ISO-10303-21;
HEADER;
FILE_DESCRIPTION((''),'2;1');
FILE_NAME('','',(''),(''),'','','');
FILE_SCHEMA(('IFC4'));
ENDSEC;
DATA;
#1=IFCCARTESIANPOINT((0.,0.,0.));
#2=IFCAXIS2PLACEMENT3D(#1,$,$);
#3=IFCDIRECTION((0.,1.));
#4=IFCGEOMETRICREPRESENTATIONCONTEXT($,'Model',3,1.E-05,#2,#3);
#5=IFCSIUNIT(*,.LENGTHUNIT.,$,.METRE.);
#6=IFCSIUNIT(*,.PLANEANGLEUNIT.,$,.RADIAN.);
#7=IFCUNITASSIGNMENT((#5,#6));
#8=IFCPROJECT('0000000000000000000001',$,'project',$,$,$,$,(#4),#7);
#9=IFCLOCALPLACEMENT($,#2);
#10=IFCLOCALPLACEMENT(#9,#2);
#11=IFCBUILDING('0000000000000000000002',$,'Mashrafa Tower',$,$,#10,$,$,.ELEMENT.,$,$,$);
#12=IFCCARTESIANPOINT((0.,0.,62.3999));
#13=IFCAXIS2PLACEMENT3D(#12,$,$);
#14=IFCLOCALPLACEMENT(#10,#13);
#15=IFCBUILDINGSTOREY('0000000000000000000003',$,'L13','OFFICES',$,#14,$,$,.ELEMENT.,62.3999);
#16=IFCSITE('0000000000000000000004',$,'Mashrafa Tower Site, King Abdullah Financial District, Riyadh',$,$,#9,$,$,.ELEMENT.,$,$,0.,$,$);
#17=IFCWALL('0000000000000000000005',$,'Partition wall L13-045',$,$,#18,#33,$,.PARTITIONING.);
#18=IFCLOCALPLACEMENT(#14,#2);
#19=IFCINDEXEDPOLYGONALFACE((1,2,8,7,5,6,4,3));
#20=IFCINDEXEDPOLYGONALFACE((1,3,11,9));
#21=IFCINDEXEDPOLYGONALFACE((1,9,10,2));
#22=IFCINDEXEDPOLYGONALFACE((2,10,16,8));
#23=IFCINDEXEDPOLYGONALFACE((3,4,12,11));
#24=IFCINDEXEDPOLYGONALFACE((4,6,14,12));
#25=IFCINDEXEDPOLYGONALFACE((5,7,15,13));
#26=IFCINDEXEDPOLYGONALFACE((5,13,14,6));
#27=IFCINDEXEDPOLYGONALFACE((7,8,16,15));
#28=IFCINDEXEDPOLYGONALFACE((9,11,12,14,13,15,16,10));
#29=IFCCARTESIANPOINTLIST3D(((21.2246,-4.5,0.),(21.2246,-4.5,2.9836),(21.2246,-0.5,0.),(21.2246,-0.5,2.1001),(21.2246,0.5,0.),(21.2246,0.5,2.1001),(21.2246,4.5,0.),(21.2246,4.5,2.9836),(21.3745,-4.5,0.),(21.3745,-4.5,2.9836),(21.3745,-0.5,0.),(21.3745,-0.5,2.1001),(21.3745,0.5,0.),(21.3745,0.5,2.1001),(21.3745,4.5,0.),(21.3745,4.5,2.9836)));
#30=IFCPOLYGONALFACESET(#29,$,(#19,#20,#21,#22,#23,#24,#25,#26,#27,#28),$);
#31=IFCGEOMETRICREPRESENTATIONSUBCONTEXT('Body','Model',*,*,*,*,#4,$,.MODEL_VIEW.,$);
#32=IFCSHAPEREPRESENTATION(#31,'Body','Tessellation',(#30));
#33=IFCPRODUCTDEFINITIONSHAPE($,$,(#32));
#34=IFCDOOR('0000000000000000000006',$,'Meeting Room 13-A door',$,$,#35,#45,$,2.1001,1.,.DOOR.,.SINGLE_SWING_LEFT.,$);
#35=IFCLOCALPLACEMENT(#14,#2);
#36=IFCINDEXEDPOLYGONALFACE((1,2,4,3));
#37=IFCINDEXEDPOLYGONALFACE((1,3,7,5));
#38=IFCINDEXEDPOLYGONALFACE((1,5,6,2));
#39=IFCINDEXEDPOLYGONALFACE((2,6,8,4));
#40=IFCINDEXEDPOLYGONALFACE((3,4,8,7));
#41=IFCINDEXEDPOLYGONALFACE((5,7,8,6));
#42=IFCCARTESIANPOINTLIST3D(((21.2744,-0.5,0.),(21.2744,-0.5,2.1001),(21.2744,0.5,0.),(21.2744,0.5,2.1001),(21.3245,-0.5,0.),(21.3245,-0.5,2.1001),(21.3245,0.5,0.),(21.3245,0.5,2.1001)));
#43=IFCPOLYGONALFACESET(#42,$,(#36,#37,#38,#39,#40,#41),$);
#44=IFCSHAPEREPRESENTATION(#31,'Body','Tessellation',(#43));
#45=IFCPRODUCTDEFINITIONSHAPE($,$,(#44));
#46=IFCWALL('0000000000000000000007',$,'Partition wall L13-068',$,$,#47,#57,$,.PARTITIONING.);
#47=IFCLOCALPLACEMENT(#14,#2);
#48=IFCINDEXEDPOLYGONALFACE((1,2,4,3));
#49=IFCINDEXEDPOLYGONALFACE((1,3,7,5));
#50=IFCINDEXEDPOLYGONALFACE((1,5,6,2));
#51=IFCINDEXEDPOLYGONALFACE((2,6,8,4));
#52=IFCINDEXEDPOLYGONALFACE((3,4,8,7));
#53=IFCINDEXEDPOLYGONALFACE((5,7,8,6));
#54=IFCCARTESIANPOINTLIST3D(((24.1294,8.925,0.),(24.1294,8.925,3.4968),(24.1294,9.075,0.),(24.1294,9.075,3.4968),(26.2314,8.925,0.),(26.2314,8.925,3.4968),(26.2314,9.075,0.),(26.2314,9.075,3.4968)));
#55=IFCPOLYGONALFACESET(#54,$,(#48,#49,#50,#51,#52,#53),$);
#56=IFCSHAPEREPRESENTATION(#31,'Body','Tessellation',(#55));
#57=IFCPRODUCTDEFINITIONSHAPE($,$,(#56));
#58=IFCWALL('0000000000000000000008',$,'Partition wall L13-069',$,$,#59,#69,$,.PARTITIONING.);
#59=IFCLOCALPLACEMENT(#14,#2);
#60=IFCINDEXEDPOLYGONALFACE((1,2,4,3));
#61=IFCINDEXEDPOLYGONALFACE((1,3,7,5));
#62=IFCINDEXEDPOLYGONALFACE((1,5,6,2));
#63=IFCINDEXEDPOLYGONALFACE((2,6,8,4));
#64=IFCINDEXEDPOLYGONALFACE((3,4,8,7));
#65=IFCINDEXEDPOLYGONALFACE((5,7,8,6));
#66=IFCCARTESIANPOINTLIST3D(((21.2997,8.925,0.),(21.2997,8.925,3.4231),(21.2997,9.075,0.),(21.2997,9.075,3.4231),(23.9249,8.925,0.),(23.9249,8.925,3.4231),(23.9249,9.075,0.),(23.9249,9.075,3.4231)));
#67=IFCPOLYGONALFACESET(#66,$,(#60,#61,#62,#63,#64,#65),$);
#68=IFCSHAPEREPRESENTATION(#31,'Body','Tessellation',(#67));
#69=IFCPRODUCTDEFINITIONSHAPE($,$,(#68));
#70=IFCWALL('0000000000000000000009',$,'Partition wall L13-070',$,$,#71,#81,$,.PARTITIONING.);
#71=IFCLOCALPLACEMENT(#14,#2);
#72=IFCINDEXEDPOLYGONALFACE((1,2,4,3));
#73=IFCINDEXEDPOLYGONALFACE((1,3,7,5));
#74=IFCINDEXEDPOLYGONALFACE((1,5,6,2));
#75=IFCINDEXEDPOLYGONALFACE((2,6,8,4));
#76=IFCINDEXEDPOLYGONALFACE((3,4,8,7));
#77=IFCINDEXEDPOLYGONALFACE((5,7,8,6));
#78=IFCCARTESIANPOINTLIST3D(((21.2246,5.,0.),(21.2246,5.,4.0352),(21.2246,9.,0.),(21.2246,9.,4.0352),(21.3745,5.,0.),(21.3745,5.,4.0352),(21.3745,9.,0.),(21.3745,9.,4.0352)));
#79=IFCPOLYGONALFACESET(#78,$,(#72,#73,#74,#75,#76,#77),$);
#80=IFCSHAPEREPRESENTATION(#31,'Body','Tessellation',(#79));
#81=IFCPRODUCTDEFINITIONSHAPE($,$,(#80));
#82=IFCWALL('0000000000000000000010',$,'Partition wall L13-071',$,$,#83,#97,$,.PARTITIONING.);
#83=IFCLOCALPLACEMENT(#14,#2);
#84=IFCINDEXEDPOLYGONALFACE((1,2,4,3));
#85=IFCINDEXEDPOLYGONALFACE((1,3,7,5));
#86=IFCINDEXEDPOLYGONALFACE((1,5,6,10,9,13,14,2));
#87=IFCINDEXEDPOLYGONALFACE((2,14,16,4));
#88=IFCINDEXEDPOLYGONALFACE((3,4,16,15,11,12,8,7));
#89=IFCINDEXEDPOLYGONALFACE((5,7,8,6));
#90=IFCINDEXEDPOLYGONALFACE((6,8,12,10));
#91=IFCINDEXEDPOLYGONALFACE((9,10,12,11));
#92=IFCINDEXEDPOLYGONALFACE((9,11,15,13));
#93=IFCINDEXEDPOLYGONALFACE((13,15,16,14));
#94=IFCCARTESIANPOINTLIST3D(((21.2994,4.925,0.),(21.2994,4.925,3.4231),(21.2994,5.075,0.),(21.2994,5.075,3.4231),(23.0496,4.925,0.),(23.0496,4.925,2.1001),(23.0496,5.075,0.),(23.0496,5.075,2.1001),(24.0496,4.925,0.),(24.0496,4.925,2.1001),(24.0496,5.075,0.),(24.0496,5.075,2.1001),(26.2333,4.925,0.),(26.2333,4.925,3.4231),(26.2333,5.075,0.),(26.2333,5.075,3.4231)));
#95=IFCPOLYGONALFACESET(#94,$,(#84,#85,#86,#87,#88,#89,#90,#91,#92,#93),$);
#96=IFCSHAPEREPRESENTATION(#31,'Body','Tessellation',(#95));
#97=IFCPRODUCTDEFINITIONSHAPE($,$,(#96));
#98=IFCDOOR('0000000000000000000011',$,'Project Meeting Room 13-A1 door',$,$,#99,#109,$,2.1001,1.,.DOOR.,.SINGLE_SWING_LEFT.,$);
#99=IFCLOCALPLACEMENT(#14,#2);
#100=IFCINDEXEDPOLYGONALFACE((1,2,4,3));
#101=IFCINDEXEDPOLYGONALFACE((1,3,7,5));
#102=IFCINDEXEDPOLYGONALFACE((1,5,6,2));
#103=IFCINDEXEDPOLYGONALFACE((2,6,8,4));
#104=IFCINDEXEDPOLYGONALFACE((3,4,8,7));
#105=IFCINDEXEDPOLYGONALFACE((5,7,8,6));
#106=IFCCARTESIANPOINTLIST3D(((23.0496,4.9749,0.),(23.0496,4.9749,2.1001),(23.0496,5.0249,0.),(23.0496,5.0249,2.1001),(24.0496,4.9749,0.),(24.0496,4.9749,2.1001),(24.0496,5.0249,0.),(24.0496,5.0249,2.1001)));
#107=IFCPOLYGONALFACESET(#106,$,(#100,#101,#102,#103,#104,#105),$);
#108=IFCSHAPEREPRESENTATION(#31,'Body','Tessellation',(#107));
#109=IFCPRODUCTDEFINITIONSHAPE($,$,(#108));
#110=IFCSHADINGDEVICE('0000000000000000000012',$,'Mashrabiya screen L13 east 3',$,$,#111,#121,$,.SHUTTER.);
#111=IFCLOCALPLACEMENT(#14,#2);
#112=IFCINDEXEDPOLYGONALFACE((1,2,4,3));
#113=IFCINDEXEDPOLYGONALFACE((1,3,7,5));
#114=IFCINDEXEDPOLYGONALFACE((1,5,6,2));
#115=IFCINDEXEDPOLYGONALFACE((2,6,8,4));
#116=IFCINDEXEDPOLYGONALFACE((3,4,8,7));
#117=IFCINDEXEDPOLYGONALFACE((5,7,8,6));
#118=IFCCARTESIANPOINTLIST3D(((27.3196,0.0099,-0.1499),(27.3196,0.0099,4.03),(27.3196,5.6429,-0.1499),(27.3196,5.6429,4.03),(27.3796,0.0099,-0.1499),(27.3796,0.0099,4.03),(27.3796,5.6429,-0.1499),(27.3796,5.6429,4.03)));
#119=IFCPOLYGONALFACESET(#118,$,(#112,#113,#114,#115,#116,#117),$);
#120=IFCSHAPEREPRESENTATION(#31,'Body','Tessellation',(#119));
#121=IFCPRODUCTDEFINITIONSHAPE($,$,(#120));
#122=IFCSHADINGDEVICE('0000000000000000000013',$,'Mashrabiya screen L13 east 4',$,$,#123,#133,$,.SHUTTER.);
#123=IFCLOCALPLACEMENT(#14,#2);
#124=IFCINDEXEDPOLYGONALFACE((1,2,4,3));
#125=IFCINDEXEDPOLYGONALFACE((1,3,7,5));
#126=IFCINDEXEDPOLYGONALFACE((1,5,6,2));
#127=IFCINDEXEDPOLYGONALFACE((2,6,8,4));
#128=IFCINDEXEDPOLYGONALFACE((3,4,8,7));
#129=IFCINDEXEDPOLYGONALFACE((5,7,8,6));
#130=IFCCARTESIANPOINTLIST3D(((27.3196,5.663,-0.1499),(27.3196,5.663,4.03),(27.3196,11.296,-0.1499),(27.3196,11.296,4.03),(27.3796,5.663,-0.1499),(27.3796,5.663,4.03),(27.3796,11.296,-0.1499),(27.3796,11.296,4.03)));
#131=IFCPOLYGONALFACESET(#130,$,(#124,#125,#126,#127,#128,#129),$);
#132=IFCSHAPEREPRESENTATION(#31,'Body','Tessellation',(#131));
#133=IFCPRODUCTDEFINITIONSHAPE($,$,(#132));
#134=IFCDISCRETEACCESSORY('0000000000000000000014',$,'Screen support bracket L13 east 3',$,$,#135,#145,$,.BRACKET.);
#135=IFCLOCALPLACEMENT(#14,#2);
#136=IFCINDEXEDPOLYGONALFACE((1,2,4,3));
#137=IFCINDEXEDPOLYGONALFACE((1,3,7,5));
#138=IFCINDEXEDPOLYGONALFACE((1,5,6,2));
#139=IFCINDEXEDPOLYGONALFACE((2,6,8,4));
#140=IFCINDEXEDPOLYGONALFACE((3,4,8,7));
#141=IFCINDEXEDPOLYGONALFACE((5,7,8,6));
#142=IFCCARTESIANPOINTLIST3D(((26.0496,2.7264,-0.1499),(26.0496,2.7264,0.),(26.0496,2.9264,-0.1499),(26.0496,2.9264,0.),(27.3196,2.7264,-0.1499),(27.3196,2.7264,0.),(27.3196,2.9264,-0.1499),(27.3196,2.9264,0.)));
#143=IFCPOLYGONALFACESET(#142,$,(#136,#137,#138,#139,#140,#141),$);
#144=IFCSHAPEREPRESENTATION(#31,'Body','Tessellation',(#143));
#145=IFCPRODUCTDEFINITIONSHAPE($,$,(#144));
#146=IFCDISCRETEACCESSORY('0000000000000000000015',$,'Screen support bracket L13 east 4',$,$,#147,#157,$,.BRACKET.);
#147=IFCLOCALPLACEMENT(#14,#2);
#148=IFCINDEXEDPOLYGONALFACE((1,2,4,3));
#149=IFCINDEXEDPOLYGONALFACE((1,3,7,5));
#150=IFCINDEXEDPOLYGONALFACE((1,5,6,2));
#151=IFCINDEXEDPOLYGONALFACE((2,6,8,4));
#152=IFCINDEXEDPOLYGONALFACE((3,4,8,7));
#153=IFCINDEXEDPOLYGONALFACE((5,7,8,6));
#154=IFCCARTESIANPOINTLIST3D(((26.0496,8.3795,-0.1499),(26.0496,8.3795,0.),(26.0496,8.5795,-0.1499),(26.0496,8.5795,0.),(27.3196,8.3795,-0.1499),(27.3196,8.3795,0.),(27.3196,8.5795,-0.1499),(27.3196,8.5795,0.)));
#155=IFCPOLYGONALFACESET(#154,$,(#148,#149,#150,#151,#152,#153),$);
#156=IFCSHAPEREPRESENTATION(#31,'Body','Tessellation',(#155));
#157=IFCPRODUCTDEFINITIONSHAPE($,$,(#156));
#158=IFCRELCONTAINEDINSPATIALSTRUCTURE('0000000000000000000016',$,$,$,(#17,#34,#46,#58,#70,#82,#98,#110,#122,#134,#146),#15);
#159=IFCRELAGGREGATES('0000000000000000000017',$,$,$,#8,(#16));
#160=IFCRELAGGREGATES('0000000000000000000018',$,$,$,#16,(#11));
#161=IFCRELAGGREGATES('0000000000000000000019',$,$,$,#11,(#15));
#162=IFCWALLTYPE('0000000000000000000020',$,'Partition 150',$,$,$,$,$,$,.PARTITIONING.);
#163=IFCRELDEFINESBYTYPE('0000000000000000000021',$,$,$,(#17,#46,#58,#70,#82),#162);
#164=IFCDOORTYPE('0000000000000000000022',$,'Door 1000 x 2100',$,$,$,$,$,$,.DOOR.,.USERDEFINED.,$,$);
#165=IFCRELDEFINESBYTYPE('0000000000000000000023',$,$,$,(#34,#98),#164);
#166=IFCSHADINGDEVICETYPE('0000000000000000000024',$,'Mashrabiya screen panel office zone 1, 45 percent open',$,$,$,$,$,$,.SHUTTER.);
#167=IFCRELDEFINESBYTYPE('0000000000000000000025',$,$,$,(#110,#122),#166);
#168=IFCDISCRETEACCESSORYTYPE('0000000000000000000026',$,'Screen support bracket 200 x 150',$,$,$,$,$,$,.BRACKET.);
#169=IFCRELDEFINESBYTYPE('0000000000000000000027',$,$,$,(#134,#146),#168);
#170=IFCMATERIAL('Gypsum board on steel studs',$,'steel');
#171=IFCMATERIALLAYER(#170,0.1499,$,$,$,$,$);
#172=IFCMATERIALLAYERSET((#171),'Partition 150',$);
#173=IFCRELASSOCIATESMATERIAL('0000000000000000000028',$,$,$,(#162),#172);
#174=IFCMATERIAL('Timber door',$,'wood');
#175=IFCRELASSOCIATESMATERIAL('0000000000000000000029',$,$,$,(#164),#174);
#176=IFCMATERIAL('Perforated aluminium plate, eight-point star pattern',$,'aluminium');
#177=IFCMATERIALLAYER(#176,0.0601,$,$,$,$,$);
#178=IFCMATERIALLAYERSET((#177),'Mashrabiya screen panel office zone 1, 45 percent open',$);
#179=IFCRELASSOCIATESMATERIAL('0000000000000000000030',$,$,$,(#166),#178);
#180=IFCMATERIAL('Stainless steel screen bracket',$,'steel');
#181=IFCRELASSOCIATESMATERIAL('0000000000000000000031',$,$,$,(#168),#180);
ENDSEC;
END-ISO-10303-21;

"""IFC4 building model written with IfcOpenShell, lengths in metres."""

from ifc_helpers import new_model, si_unit, direction, frame, frame_2d, origin, origin_2d, place, context, subcontext, project, spatial, rectangle, extrude, source, transform, mapped, material, layer, layer_set, type_object, type_shapes, element, fill, save


model = new_model("IFC4")

# Units and contexts
model_context = context("Model", 3, precision=1e-05, world=origin(), true_north=direction((0.0, 1.0)))
body_context = subcontext(model_context, "Body", "Model", "MODEL_VIEW")
ifc_project = project(units=[si_unit("LENGTHUNIT", "METRE"), si_unit("PLANEANGLEUNIT", "RADIAN")], contexts=[model_context])

# Site, building, storey
site_placement = place(None, origin())
site = spatial("IfcSite", under=ifc_project, at=site_placement, Name="Mashrafa Tower Site, King Abdullah Financial District, Riyadh", CompositionType="ELEMENT", RefElevation=0.0)
building_placement = place(site_placement, origin())
building = spatial("IfcBuilding", under=site, at=building_placement, Name="Mashrafa Tower", CompositionType="ELEMENT")
storey_placement = place(building_placement, frame((0.0, 0.0, 62.3999)))
storey = spatial("IfcBuildingStorey", under=building, at=storey_placement, Name="L13", Description="OFFICES", CompositionType="ELEMENT", Elevation=62.3999)

# Shared definitions
ifc_material_1 = material(Name="Gypsum board on steel studs", Category="steel")
ifc_layer_1 = layer(ifc_material_1, 0.1499)
ifc_layer_set_1 = layer_set([ifc_layer_1], Name="Partition 150")
wall_type_1 = type_object("IfcWallType", Name="Partition 150", PredefinedType="PARTITIONING", material=ifc_layer_set_1)

# Wall, opening, door
wall_1_placement = place(storey_placement, frame((21.2996, 4.5, 0.0), z_axis=(0.0, 0.0, 1.0), x_axis=(0.0, -1.0, 0.0)))
wall_1 = element("IfcWall", 1, at=wall_1_placement, inside=storey, type_object=wall_type_1, Name="Partition wall L13-045", PredefinedType="PARTITIONING", context=body_context, shape_type="SweptSolid", body=[
    extrude(rectangle(XDim=9.0, YDim=0.1499, at=frame_2d((4.5, 0.0))), origin(), (0.0, 0.0, 1.0), 2.9836),
])
opening_1_placement = place(wall_1_placement, frame((4.0, 0.0, 0.0)))
opening_1 = element("IfcOpeningElement", 2, at=opening_1_placement, cuts=wall_1, PredefinedType="OPENING", context=body_context, shape_type="SweptSolid", body=[
    extrude(rectangle(XDim=1.0, YDim=2.1001, at=frame_2d((0.5, 1.05))), frame((0.0, 0.085, 0.0), z_axis=(0.0, -1.0, 0.0), x_axis=(1.0, 0.0, 0.0)), (0.0, 0.0, 1.0), 0.1699),
])
ifc_material_2 = material(Name="Timber door", Category="wood")
door_type = type_object("IfcDoorType", Name="Door 1000 x 2100", OperationType="USERDEFINED", PredefinedType="DOOR", material=ifc_material_2)
door_1_placement = place(opening_1_placement, origin())
door_1 = element("IfcDoor", 3, at=door_1_placement, inside=storey, type_object=door_type, Name="Meeting Room 13-A door", OperationType="SINGLE_SWING_LEFT", OverallHeight=2.1001, OverallWidth=1.0, PredefinedType="DOOR", context=body_context, shape_type="SweptSolid", body=[
    extrude(rectangle(XDim=1.0, YDim=2.1001, at=frame_2d((0.5, 1.05))), frame((0.0, 0.0249, 0.0), z_axis=(0.0, -1.0, 0.0), x_axis=(1.0, 0.0, 0.0)), (0.0, 0.0, 1.0), 0.05),
])
fill(opening_1, door_1)

# Walls
wall_2_placement = place(storey_placement, frame((26.2314, 9.0, 0.0), z_axis=(0.0, 0.0, 1.0), x_axis=(-1.0, 0.0, 0.0)))
element("IfcWall", 4, at=wall_2_placement, inside=storey, type_object=wall_type_1, Name="Partition wall L13-068", PredefinedType="PARTITIONING", context=body_context, shape_type="SweptSolid", body=[
    extrude(rectangle(XDim=2.1021, YDim=0.1499, at=frame_2d((1.051, 0.0))), origin(), (0.0, 0.0, 1.0), 3.4968),
])
wall_3_placement = place(storey_placement, frame((23.9248, 9.0, 0.0), z_axis=(0.0, 0.0, 1.0), x_axis=(-1.0, 0.0, 0.0)))
element("IfcWall", 5, at=wall_3_placement, inside=storey, type_object=wall_type_1, Name="Partition wall L13-069", PredefinedType="PARTITIONING", context=body_context, shape_type="SweptSolid", body=[
    extrude(rectangle(XDim=2.6252, YDim=0.1499, at=frame_2d((1.3125, 0.0))), origin(), (0.0, 0.0, 1.0), 3.4231),
])
wall_4_placement = place(storey_placement, frame((21.2996, 9.0, 0.0), z_axis=(0.0, 0.0, 1.0), x_axis=(0.0, -1.0, 0.0)))
element("IfcWall", 6, at=wall_4_placement, inside=storey, type_object=wall_type_1, Name="Partition wall L13-070", PredefinedType="PARTITIONING", context=body_context, shape_type="SweptSolid", body=[
    extrude(rectangle(XDim=4.0, YDim=0.1499, at=frame_2d((2.0, 0.0))), origin(), (0.0, 0.0, 1.0), 4.0352),
])

# Wall, opening, door
wall_5_placement = place(storey_placement, frame((21.2996, 5.0, 0.0), z_axis=(0.0, 0.0, 1.0), x_axis=(1.0, 0.0, 0.0)))
wall_5 = element("IfcWall", 7, at=wall_5_placement, inside=storey, type_object=wall_type_1, Name="Partition wall L13-071", PredefinedType="PARTITIONING", context=body_context, shape_type="SweptSolid", body=[
    extrude(rectangle(XDim=4.9338, YDim=0.1499, at=frame_2d((2.4668, 0.0))), origin(), (0.0, 0.0, 1.0), 3.4231),
])
opening_2_placement = place(wall_5_placement, frame((1.75, 0.0, 0.0)))
opening_2 = element("IfcOpeningElement", 8, at=opening_2_placement, cuts=wall_5, PredefinedType="OPENING", context=body_context, shape_type="SweptSolid", body=[
    extrude(rectangle(XDim=1.0, YDim=2.1001, at=frame_2d((0.5, 1.05))), frame((0.0, 0.085, 0.0), z_axis=(0.0, -1.0, 0.0), x_axis=(1.0, 0.0, 0.0)), (0.0, 0.0, 1.0), 0.1699),
])
door_2_placement = place(opening_2_placement, origin())
door_2 = element("IfcDoor", 9, at=door_2_placement, inside=storey, type_object=door_type, Name="Project Meeting Room 13-A1 door", OperationType="SINGLE_SWING_LEFT", OverallHeight=2.1001, OverallWidth=1.0, PredefinedType="DOOR", context=body_context, shape_type="SweptSolid", body=[
    extrude(rectangle(XDim=1.0, YDim=2.1001, at=frame_2d((0.5, 1.05))), frame((0.0, 0.0249, 0.0), z_axis=(0.0, -1.0, 0.0), x_axis=(1.0, 0.0, 0.0)), (0.0, 0.0, 1.0), 0.05),
])
fill(opening_2, door_2)

# Shading devices
ifc_material_3 = material(Name="Perforated aluminium plate, eight-point star pattern", Category="aluminium")
ifc_layer_2 = layer(ifc_material_3, 0.0601)
ifc_layer_set_2 = layer_set([ifc_layer_2], Name="Mashrabiya screen panel office zone 1, 45 percent open")
shading_device_type = type_object("IfcShadingDeviceType", Name="Mashrabiya screen panel office zone 1, 45 percent open", PredefinedType="SHUTTER", material=ifc_layer_set_2)
shared_shape_1 = source(origin(), body_context, "Body", "SweptSolid", [
    extrude(rectangle(XDim=5.6331, YDim=0.0601, at=origin_2d()), origin(), (0.0, 0.0, 1.0), 4.1799),
])
type_shapes(shading_device_type, [shared_shape_1])
for number, where, z_axis, x_axis, name in (
    (10, (27.3496, 2.8264, -0.1499), (0.0, 0.0, 1.0), (0.0, 1.0, 0.0), "Mashrabiya screen L13 east 3"),
    (11, (27.3496, 8.4795, -0.1499), (0.0, 0.0, 1.0), (0.0, 1.0, 0.0), "Mashrabiya screen L13 east 4"),
):
    element("IfcShadingDevice", number, at=place(storey_placement, frame(where, z_axis=z_axis, x_axis=x_axis)), inside=storey, type_object=shading_device_type, Name=name, PredefinedType="SHUTTER", context=body_context, shape_type="MappedRepresentation", body=[
        mapped(shared_shape_1, transform((0.0, 0.0, 0.0))),
    ])

# Discrete accessories
ifc_material_4 = material(Name="Stainless steel screen bracket", Category="steel")
discrete_accessory_type = type_object("IfcDiscreteAccessoryType", Name="Screen support bracket 200 x 150", PredefinedType="BRACKET", material=ifc_material_4)
shared_shape_2 = source(origin(), body_context, "Body", "SweptSolid", [
    extrude(rectangle(XDim=0.2, YDim=1.27, at=origin_2d()), origin(), (0.0, 0.0, 1.0), 0.1499),
])
type_shapes(discrete_accessory_type, [shared_shape_2])
for number, where, z_axis, x_axis, name in (
    (12, (26.6846, 2.8264, -0.1499), (0.0, 0.0, 1.0), (0.0, 1.0, 0.0), "Screen support bracket L13 east 3"),
    (13, (26.6846, 8.4795, -0.1499), (0.0, 0.0, 1.0), (0.0, 1.0, 0.0), "Screen support bracket L13 east 4"),
):
    element("IfcDiscreteAccessory", number, at=place(storey_placement, frame(where, z_axis=z_axis, x_axis=x_axis)), inside=storey, type_object=discrete_accessory_type, Name=name, PredefinedType="BRACKET", context=body_context, shape_type="MappedRepresentation", body=[
        mapped(shared_shape_2, transform((0.0, 0.0, 0.0))),
    ])

save(model, "model.ifc")
